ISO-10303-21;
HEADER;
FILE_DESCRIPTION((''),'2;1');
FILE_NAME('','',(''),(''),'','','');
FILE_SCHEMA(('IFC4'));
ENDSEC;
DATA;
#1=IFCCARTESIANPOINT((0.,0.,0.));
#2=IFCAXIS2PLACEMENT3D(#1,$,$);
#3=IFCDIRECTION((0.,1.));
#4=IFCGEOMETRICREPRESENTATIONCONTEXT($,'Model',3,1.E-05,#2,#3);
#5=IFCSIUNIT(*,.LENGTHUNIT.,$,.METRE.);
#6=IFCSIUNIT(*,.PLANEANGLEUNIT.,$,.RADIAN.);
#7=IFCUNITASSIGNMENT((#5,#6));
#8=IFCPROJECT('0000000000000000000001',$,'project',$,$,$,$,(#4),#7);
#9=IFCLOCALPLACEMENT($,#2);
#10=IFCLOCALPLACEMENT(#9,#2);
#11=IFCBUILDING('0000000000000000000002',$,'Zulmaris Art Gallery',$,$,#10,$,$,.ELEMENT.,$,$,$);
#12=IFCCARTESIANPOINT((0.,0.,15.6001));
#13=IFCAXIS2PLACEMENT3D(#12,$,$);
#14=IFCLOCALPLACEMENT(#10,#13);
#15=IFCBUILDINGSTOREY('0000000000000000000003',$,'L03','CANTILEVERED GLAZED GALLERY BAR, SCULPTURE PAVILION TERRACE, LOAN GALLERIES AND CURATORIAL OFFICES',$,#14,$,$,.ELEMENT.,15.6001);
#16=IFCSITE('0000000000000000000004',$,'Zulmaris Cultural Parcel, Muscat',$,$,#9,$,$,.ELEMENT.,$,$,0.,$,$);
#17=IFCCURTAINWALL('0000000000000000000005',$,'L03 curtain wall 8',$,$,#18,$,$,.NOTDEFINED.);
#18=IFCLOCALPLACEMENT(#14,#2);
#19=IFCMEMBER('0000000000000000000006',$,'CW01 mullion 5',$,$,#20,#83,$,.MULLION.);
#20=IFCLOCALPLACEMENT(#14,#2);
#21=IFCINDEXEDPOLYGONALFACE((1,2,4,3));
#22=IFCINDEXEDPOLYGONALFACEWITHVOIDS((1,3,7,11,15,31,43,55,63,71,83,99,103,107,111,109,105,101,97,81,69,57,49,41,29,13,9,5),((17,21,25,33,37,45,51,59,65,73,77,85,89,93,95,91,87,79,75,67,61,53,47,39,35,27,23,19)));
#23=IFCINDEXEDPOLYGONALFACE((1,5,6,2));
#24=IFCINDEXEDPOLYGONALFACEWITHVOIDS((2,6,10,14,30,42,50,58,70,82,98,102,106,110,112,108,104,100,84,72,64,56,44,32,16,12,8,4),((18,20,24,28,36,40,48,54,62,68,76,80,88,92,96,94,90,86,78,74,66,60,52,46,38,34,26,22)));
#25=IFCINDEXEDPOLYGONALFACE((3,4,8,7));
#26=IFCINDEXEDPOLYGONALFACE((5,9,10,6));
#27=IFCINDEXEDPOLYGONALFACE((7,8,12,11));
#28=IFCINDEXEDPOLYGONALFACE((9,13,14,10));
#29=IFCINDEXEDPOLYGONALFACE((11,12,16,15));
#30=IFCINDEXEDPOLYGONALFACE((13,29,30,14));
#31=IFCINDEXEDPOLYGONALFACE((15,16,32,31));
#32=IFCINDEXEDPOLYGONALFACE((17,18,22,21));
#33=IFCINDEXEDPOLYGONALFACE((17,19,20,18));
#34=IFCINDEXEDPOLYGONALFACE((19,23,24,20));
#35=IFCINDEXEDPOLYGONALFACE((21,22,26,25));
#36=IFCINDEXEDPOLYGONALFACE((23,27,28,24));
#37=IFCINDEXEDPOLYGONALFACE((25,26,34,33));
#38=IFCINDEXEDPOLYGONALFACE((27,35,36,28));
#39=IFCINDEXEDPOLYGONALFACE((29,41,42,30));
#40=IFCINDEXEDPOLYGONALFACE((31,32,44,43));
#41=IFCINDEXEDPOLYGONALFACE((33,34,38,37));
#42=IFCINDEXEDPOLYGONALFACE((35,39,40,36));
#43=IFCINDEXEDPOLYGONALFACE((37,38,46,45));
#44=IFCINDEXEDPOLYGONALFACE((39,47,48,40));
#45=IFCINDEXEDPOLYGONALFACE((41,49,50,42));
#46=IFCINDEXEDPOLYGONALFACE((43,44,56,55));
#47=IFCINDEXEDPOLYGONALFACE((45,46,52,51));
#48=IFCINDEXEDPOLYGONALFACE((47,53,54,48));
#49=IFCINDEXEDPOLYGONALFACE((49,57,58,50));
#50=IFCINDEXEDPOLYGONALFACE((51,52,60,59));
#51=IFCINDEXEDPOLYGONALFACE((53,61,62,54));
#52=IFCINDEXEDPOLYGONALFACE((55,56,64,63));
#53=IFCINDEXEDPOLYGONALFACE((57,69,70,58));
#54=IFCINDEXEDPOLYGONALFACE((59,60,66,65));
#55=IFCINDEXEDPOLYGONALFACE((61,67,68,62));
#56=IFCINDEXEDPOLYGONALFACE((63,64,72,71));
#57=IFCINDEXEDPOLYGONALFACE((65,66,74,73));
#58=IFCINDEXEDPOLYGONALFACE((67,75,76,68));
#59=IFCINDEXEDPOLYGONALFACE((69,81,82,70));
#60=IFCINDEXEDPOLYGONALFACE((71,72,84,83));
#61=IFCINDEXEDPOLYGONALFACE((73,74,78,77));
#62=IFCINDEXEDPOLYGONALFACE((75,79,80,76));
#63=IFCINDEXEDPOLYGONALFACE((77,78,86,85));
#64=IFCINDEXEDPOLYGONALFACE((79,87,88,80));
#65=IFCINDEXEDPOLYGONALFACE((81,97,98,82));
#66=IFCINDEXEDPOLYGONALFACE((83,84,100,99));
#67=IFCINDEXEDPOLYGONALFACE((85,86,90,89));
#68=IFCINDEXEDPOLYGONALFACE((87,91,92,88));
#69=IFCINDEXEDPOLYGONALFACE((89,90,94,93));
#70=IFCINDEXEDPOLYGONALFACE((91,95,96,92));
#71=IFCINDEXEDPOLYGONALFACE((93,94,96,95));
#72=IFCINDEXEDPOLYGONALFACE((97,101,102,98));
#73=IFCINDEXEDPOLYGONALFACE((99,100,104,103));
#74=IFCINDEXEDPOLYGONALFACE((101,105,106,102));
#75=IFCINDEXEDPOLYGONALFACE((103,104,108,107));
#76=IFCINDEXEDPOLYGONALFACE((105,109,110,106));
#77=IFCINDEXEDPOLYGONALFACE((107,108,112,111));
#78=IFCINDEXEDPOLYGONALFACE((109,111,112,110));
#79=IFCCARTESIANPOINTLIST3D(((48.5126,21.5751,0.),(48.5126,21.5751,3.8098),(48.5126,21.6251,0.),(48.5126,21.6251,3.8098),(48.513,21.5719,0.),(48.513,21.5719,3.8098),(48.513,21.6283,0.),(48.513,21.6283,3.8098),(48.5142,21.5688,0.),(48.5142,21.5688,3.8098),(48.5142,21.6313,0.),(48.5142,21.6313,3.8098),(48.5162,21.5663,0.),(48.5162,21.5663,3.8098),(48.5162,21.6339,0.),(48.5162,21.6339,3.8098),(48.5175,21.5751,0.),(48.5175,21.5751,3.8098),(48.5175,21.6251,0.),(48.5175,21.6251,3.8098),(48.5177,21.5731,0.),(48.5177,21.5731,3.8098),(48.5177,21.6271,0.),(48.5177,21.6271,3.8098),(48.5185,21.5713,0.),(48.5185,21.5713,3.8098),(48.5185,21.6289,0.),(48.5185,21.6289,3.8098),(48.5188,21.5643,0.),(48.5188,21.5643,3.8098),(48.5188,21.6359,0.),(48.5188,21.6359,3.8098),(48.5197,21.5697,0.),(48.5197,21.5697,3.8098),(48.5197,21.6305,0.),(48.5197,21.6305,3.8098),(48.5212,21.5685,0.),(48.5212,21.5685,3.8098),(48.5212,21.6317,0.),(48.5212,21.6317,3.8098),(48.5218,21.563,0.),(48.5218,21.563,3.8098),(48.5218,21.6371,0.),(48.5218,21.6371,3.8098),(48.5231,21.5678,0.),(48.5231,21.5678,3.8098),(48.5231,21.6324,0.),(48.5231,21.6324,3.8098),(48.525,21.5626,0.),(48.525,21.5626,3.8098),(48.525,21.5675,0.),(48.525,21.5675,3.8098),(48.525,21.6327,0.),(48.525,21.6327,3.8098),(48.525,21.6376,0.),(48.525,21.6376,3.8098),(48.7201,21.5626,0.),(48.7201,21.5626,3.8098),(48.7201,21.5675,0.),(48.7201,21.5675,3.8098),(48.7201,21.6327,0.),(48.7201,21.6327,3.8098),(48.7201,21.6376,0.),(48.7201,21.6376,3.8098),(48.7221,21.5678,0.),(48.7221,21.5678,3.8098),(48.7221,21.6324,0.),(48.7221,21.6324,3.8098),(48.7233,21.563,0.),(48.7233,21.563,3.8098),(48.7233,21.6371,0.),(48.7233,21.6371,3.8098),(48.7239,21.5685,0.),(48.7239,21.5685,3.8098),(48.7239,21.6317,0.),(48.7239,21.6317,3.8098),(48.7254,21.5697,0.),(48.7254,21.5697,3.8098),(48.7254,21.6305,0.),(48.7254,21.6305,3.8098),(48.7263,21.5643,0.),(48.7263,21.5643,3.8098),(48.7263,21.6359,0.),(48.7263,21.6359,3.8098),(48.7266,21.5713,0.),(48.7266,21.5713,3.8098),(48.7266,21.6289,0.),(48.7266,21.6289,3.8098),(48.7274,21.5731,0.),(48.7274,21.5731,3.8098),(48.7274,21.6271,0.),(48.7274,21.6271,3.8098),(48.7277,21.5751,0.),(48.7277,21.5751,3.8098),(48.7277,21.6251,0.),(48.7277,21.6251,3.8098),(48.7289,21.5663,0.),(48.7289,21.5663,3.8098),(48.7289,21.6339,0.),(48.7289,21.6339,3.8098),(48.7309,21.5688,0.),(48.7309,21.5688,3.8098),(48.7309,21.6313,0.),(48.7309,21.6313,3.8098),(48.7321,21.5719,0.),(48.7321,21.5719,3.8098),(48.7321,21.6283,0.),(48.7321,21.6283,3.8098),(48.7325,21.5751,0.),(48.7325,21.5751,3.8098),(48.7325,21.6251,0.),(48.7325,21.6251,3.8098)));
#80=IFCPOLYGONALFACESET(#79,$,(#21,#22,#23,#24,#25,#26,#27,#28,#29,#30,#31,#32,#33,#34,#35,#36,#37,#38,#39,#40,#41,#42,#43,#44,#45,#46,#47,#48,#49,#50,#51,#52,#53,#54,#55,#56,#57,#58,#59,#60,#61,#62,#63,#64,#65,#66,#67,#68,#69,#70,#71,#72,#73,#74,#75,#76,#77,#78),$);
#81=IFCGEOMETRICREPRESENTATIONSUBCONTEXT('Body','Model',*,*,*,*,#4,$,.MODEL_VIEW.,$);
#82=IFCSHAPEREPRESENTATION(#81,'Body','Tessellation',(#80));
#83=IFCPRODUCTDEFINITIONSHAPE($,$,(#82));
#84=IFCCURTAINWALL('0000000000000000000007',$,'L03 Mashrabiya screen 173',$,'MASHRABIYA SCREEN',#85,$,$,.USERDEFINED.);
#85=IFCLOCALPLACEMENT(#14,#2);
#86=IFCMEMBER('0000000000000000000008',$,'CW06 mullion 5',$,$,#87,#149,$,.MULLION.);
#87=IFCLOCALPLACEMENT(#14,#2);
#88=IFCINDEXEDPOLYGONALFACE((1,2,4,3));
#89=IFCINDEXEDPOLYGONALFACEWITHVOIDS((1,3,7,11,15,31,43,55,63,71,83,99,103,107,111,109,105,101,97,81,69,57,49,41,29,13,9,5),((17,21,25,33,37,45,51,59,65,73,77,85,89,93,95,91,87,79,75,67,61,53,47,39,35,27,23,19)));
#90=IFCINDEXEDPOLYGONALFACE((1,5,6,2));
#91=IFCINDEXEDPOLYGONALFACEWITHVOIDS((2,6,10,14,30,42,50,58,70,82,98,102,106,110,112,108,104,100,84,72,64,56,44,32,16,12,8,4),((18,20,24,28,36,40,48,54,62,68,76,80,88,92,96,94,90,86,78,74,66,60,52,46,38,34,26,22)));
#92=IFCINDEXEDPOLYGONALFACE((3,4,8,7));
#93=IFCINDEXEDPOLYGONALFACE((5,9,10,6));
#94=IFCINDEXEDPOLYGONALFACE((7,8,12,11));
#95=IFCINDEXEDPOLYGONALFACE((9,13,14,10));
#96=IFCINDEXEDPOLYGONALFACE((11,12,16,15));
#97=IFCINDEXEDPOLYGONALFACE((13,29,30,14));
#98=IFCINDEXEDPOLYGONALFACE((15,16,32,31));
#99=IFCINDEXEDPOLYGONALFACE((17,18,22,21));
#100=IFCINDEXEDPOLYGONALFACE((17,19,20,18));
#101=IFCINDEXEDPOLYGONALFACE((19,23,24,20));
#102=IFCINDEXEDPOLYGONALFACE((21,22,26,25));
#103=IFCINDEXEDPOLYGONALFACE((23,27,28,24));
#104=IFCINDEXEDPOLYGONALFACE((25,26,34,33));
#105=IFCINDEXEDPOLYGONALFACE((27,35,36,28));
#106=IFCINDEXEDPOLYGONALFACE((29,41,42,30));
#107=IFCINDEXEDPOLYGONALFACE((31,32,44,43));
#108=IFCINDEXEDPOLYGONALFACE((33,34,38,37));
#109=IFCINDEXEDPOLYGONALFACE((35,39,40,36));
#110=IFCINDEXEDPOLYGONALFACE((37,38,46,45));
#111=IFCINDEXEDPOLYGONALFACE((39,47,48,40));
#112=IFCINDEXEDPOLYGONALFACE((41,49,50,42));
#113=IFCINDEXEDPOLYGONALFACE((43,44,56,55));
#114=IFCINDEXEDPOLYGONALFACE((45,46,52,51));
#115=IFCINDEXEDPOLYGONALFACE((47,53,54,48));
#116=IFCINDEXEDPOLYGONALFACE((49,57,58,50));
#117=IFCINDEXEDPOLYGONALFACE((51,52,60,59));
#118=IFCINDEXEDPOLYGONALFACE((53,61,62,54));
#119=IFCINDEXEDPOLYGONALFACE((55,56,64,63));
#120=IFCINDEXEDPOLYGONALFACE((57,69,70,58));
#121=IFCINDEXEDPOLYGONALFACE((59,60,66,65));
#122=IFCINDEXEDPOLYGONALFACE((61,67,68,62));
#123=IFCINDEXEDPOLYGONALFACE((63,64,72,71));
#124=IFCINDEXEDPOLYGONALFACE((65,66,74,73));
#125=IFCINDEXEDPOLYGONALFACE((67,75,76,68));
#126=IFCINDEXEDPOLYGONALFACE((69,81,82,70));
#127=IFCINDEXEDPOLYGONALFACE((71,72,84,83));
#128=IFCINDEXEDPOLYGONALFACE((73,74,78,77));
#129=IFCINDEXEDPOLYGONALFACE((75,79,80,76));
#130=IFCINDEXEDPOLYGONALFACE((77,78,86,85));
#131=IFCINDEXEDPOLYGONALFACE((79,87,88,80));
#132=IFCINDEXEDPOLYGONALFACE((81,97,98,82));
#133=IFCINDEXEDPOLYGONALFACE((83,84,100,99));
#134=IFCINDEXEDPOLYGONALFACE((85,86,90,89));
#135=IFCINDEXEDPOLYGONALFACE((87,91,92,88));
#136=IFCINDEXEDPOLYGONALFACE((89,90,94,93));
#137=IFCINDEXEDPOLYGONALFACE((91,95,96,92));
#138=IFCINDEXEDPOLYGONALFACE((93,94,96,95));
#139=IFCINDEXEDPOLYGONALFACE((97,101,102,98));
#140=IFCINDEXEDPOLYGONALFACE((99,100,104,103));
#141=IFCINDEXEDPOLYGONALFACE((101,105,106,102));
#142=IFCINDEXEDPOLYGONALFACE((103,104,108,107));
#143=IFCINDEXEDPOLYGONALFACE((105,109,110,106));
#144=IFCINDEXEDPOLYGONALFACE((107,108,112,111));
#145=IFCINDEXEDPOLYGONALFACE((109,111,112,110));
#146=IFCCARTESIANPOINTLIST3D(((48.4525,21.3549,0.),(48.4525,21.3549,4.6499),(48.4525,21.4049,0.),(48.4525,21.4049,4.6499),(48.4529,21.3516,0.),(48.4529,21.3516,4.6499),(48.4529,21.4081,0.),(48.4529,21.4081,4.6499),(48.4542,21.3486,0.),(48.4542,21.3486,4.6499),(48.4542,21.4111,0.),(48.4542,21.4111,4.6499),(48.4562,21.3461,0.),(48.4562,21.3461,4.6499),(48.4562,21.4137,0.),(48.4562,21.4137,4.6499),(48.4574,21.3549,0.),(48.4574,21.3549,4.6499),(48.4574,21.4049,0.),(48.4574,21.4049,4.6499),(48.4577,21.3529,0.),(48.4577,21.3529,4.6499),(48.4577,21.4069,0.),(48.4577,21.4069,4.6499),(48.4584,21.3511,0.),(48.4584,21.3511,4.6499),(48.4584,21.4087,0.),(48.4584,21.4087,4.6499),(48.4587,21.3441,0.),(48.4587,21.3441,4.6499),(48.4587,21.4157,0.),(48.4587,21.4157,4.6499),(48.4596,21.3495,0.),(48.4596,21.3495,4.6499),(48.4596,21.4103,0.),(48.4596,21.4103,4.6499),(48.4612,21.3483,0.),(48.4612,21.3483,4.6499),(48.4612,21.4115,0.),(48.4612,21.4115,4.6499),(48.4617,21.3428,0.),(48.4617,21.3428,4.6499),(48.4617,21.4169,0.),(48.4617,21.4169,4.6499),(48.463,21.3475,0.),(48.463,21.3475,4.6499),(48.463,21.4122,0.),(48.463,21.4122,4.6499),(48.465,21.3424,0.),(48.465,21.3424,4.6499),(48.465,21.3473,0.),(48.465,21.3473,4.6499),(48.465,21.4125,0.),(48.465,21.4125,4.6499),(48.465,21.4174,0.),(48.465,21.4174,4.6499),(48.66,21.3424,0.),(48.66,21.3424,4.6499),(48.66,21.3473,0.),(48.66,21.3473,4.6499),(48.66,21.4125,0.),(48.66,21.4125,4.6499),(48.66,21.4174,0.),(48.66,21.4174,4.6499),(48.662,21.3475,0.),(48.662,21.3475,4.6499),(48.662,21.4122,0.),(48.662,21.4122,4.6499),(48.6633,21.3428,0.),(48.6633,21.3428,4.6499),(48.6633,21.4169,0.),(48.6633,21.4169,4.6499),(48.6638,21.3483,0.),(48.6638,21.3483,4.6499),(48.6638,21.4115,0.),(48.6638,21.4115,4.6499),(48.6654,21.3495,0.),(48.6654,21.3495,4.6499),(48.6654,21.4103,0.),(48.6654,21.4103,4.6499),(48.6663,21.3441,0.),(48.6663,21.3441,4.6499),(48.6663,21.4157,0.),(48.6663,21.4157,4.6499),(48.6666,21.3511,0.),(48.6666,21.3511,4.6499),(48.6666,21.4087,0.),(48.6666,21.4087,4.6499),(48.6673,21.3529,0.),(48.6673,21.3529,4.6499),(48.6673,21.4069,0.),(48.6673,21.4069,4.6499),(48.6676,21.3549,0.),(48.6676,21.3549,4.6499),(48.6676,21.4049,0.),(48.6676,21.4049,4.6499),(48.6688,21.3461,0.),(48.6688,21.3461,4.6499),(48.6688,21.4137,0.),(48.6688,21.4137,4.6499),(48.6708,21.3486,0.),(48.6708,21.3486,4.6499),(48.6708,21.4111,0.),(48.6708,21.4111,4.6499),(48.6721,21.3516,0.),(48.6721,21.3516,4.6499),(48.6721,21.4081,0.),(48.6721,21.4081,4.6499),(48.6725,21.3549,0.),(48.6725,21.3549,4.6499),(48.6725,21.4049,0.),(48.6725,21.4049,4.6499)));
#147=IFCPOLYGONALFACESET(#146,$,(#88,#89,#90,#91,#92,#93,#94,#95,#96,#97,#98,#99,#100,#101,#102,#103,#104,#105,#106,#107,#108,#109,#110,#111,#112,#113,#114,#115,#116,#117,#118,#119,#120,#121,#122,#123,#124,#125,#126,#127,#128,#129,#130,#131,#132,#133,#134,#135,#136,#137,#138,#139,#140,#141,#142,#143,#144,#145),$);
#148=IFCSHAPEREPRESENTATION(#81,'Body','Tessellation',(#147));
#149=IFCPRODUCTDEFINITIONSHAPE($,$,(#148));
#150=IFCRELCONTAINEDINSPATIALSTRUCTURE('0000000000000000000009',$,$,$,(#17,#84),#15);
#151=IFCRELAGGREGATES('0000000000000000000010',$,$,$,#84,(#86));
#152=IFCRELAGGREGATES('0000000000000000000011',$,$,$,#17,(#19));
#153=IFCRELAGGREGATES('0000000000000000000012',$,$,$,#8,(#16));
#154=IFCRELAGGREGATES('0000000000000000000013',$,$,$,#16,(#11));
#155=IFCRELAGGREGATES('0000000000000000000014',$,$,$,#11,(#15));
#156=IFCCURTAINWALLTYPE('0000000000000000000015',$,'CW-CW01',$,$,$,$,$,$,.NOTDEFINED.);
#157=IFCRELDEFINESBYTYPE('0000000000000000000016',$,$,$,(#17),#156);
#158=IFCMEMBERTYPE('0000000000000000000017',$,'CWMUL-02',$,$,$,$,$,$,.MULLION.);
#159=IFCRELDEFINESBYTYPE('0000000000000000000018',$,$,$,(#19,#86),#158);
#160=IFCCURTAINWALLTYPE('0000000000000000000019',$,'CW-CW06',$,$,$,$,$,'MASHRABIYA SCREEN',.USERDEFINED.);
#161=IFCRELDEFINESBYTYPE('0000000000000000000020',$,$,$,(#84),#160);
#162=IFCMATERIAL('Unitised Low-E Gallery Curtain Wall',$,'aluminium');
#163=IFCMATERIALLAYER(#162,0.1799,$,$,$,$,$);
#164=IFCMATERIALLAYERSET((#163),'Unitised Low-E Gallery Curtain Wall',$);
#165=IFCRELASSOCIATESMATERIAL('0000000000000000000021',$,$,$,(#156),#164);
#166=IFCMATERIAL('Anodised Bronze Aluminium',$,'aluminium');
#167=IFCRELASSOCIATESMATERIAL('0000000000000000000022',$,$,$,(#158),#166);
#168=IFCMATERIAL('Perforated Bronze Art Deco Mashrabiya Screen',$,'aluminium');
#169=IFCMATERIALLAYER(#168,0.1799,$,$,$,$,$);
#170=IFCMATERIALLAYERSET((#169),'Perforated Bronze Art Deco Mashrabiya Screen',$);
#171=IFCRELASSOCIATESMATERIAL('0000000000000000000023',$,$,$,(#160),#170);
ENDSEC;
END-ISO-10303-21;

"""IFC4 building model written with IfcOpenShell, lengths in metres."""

from ifc_helpers import new_model, si_unit, direction, frame, origin, origin_2d, place, context, subcontext, project, spatial, hollow_rectangle, extrude, material, layer, layer_set, material_profile, profile_set, type_object, element, aggregate, save


model = new_model("IFC4")

# Units and contexts
model_context = context("Model", 3, precision=1e-05, world=origin(), true_north=direction((0.0, 1.0)))
body_context = subcontext(model_context, "Body", "Model", "MODEL_VIEW")
ifc_project = project(units=[si_unit("LENGTHUNIT", "METRE"), si_unit("PLANEANGLEUNIT", "RADIAN")], contexts=[model_context])

# Site, building, storey
site_placement = place(None, origin())
site = spatial("IfcSite", under=ifc_project, at=site_placement, Name="Zulmaris Cultural Parcel, Muscat", CompositionType="ELEMENT", RefElevation=0.0)
building_placement = place(site_placement, origin())
building = spatial("IfcBuilding", under=site, at=building_placement, Name="Zulmaris Art Gallery", CompositionType="ELEMENT")
storey_placement = place(building_placement, frame((0.0, 0.0, 15.6001)))
storey = spatial("IfcBuildingStorey", under=building, at=storey_placement, Name="L03", Description="CANTILEVERED GLAZED GALLERY BAR, SCULPTURE PAVILION TERRACE, LOAN GALLERIES AND CURATORIAL OFFICES", CompositionType="ELEMENT", Elevation=15.6001)

# Curtain walls, members
ifc_material_1 = material(Name="Unitised Low-E Gallery Curtain Wall", Category="aluminium")
ifc_layer_1 = layer(ifc_material_1, 0.1799)
ifc_layer_set_1 = layer_set([ifc_layer_1], Name="Unitised Low-E Gallery Curtain Wall")
curtain_wall_type_1 = type_object("IfcCurtainWallType", Name="CW-CW01", PredefinedType="NOTDEFINED", material=ifc_layer_set_1)
curtain_wall_1_placement = place(storey_placement, origin())
curtain_wall_1 = element("IfcCurtainWall", 1, at=curtain_wall_1_placement, inside=storey, type_object=curtain_wall_type_1, Name="L03 curtain wall 8", PredefinedType="NOTDEFINED")
ifc_material_2 = material(Name="Anodised Bronze Aluminium", Category="aluminium")
ifc_material_profile_1 = material_profile(ifc_material_2, hollow_rectangle(XDim=0.075, YDim=0.22, WallThickness=0.0049, InnerFilletRadius=0.0076, OuterFilletRadius=0.0125, at=origin_2d()), Name="ALU 75x220x5")
ifc_profile_set_1 = profile_set([ifc_material_profile_1], Name="Anodised Bronze Aluminium")
member_type_1 = type_object("IfcMemberType", Name="CWMUL-02", PredefinedType="MULLION", material=ifc_profile_set_1)
member_1_placement = place(storey_placement, frame((48.6226, 21.6001, 0.0), z_axis=(0.0, 0.0, 1.0), x_axis=(0.0, 1.0, 0.0)))
member_1 = element("IfcMember", 2, at=member_1_placement, type_object=member_type_1, Name="CW01 mullion 5", PredefinedType="MULLION", context=body_context, shape_type="SweptSolid", body=[
    extrude(hollow_rectangle(XDim=0.075, YDim=0.22, WallThickness=0.0049, InnerFilletRadius=0.0076, OuterFilletRadius=0.0125, at=origin_2d()), origin(), (0.0, 0.0, 1.0), 3.8098),
])
ifc_material_3 = material(Name="Perforated Bronze Art Deco Mashrabiya Screen", Category="aluminium")
ifc_layer_2 = layer(ifc_material_3, 0.1799)
ifc_layer_set_2 = layer_set([ifc_layer_2], Name="Perforated Bronze Art Deco Mashrabiya Screen")
curtain_wall_type_2 = type_object("IfcCurtainWallType", Name="CW-CW06", ElementType="MASHRABIYA SCREEN", PredefinedType="USERDEFINED", material=ifc_layer_set_2)
curtain_wall_2_placement = place(storey_placement, origin())
curtain_wall_2 = element("IfcCurtainWall", 3, at=curtain_wall_2_placement, inside=storey, type_object=curtain_wall_type_2, Name="L03 Mashrabiya screen 173", ObjectType="MASHRABIYA SCREEN", PredefinedType="USERDEFINED")
member_2_placement = place(storey_placement, frame((48.5625, 21.3799, 0.0), z_axis=(0.0, 0.0, 1.0), x_axis=(0.0, 1.0, 0.0)))
member_2 = element("IfcMember", 4, at=member_2_placement, type_object=member_type_1, Name="CW06 mullion 5", PredefinedType="MULLION", context=body_context, shape_type="SweptSolid", body=[
    extrude(hollow_rectangle(XDim=0.075, YDim=0.22, WallThickness=0.0049, InnerFilletRadius=0.0076, OuterFilletRadius=0.0125, at=origin_2d()), origin(), (0.0, 0.0, 1.0), 4.6499),
])
aggregate(curtain_wall_2, [member_2])

aggregate(curtain_wall_1, [member_1])

save(model, "model.ifc")
